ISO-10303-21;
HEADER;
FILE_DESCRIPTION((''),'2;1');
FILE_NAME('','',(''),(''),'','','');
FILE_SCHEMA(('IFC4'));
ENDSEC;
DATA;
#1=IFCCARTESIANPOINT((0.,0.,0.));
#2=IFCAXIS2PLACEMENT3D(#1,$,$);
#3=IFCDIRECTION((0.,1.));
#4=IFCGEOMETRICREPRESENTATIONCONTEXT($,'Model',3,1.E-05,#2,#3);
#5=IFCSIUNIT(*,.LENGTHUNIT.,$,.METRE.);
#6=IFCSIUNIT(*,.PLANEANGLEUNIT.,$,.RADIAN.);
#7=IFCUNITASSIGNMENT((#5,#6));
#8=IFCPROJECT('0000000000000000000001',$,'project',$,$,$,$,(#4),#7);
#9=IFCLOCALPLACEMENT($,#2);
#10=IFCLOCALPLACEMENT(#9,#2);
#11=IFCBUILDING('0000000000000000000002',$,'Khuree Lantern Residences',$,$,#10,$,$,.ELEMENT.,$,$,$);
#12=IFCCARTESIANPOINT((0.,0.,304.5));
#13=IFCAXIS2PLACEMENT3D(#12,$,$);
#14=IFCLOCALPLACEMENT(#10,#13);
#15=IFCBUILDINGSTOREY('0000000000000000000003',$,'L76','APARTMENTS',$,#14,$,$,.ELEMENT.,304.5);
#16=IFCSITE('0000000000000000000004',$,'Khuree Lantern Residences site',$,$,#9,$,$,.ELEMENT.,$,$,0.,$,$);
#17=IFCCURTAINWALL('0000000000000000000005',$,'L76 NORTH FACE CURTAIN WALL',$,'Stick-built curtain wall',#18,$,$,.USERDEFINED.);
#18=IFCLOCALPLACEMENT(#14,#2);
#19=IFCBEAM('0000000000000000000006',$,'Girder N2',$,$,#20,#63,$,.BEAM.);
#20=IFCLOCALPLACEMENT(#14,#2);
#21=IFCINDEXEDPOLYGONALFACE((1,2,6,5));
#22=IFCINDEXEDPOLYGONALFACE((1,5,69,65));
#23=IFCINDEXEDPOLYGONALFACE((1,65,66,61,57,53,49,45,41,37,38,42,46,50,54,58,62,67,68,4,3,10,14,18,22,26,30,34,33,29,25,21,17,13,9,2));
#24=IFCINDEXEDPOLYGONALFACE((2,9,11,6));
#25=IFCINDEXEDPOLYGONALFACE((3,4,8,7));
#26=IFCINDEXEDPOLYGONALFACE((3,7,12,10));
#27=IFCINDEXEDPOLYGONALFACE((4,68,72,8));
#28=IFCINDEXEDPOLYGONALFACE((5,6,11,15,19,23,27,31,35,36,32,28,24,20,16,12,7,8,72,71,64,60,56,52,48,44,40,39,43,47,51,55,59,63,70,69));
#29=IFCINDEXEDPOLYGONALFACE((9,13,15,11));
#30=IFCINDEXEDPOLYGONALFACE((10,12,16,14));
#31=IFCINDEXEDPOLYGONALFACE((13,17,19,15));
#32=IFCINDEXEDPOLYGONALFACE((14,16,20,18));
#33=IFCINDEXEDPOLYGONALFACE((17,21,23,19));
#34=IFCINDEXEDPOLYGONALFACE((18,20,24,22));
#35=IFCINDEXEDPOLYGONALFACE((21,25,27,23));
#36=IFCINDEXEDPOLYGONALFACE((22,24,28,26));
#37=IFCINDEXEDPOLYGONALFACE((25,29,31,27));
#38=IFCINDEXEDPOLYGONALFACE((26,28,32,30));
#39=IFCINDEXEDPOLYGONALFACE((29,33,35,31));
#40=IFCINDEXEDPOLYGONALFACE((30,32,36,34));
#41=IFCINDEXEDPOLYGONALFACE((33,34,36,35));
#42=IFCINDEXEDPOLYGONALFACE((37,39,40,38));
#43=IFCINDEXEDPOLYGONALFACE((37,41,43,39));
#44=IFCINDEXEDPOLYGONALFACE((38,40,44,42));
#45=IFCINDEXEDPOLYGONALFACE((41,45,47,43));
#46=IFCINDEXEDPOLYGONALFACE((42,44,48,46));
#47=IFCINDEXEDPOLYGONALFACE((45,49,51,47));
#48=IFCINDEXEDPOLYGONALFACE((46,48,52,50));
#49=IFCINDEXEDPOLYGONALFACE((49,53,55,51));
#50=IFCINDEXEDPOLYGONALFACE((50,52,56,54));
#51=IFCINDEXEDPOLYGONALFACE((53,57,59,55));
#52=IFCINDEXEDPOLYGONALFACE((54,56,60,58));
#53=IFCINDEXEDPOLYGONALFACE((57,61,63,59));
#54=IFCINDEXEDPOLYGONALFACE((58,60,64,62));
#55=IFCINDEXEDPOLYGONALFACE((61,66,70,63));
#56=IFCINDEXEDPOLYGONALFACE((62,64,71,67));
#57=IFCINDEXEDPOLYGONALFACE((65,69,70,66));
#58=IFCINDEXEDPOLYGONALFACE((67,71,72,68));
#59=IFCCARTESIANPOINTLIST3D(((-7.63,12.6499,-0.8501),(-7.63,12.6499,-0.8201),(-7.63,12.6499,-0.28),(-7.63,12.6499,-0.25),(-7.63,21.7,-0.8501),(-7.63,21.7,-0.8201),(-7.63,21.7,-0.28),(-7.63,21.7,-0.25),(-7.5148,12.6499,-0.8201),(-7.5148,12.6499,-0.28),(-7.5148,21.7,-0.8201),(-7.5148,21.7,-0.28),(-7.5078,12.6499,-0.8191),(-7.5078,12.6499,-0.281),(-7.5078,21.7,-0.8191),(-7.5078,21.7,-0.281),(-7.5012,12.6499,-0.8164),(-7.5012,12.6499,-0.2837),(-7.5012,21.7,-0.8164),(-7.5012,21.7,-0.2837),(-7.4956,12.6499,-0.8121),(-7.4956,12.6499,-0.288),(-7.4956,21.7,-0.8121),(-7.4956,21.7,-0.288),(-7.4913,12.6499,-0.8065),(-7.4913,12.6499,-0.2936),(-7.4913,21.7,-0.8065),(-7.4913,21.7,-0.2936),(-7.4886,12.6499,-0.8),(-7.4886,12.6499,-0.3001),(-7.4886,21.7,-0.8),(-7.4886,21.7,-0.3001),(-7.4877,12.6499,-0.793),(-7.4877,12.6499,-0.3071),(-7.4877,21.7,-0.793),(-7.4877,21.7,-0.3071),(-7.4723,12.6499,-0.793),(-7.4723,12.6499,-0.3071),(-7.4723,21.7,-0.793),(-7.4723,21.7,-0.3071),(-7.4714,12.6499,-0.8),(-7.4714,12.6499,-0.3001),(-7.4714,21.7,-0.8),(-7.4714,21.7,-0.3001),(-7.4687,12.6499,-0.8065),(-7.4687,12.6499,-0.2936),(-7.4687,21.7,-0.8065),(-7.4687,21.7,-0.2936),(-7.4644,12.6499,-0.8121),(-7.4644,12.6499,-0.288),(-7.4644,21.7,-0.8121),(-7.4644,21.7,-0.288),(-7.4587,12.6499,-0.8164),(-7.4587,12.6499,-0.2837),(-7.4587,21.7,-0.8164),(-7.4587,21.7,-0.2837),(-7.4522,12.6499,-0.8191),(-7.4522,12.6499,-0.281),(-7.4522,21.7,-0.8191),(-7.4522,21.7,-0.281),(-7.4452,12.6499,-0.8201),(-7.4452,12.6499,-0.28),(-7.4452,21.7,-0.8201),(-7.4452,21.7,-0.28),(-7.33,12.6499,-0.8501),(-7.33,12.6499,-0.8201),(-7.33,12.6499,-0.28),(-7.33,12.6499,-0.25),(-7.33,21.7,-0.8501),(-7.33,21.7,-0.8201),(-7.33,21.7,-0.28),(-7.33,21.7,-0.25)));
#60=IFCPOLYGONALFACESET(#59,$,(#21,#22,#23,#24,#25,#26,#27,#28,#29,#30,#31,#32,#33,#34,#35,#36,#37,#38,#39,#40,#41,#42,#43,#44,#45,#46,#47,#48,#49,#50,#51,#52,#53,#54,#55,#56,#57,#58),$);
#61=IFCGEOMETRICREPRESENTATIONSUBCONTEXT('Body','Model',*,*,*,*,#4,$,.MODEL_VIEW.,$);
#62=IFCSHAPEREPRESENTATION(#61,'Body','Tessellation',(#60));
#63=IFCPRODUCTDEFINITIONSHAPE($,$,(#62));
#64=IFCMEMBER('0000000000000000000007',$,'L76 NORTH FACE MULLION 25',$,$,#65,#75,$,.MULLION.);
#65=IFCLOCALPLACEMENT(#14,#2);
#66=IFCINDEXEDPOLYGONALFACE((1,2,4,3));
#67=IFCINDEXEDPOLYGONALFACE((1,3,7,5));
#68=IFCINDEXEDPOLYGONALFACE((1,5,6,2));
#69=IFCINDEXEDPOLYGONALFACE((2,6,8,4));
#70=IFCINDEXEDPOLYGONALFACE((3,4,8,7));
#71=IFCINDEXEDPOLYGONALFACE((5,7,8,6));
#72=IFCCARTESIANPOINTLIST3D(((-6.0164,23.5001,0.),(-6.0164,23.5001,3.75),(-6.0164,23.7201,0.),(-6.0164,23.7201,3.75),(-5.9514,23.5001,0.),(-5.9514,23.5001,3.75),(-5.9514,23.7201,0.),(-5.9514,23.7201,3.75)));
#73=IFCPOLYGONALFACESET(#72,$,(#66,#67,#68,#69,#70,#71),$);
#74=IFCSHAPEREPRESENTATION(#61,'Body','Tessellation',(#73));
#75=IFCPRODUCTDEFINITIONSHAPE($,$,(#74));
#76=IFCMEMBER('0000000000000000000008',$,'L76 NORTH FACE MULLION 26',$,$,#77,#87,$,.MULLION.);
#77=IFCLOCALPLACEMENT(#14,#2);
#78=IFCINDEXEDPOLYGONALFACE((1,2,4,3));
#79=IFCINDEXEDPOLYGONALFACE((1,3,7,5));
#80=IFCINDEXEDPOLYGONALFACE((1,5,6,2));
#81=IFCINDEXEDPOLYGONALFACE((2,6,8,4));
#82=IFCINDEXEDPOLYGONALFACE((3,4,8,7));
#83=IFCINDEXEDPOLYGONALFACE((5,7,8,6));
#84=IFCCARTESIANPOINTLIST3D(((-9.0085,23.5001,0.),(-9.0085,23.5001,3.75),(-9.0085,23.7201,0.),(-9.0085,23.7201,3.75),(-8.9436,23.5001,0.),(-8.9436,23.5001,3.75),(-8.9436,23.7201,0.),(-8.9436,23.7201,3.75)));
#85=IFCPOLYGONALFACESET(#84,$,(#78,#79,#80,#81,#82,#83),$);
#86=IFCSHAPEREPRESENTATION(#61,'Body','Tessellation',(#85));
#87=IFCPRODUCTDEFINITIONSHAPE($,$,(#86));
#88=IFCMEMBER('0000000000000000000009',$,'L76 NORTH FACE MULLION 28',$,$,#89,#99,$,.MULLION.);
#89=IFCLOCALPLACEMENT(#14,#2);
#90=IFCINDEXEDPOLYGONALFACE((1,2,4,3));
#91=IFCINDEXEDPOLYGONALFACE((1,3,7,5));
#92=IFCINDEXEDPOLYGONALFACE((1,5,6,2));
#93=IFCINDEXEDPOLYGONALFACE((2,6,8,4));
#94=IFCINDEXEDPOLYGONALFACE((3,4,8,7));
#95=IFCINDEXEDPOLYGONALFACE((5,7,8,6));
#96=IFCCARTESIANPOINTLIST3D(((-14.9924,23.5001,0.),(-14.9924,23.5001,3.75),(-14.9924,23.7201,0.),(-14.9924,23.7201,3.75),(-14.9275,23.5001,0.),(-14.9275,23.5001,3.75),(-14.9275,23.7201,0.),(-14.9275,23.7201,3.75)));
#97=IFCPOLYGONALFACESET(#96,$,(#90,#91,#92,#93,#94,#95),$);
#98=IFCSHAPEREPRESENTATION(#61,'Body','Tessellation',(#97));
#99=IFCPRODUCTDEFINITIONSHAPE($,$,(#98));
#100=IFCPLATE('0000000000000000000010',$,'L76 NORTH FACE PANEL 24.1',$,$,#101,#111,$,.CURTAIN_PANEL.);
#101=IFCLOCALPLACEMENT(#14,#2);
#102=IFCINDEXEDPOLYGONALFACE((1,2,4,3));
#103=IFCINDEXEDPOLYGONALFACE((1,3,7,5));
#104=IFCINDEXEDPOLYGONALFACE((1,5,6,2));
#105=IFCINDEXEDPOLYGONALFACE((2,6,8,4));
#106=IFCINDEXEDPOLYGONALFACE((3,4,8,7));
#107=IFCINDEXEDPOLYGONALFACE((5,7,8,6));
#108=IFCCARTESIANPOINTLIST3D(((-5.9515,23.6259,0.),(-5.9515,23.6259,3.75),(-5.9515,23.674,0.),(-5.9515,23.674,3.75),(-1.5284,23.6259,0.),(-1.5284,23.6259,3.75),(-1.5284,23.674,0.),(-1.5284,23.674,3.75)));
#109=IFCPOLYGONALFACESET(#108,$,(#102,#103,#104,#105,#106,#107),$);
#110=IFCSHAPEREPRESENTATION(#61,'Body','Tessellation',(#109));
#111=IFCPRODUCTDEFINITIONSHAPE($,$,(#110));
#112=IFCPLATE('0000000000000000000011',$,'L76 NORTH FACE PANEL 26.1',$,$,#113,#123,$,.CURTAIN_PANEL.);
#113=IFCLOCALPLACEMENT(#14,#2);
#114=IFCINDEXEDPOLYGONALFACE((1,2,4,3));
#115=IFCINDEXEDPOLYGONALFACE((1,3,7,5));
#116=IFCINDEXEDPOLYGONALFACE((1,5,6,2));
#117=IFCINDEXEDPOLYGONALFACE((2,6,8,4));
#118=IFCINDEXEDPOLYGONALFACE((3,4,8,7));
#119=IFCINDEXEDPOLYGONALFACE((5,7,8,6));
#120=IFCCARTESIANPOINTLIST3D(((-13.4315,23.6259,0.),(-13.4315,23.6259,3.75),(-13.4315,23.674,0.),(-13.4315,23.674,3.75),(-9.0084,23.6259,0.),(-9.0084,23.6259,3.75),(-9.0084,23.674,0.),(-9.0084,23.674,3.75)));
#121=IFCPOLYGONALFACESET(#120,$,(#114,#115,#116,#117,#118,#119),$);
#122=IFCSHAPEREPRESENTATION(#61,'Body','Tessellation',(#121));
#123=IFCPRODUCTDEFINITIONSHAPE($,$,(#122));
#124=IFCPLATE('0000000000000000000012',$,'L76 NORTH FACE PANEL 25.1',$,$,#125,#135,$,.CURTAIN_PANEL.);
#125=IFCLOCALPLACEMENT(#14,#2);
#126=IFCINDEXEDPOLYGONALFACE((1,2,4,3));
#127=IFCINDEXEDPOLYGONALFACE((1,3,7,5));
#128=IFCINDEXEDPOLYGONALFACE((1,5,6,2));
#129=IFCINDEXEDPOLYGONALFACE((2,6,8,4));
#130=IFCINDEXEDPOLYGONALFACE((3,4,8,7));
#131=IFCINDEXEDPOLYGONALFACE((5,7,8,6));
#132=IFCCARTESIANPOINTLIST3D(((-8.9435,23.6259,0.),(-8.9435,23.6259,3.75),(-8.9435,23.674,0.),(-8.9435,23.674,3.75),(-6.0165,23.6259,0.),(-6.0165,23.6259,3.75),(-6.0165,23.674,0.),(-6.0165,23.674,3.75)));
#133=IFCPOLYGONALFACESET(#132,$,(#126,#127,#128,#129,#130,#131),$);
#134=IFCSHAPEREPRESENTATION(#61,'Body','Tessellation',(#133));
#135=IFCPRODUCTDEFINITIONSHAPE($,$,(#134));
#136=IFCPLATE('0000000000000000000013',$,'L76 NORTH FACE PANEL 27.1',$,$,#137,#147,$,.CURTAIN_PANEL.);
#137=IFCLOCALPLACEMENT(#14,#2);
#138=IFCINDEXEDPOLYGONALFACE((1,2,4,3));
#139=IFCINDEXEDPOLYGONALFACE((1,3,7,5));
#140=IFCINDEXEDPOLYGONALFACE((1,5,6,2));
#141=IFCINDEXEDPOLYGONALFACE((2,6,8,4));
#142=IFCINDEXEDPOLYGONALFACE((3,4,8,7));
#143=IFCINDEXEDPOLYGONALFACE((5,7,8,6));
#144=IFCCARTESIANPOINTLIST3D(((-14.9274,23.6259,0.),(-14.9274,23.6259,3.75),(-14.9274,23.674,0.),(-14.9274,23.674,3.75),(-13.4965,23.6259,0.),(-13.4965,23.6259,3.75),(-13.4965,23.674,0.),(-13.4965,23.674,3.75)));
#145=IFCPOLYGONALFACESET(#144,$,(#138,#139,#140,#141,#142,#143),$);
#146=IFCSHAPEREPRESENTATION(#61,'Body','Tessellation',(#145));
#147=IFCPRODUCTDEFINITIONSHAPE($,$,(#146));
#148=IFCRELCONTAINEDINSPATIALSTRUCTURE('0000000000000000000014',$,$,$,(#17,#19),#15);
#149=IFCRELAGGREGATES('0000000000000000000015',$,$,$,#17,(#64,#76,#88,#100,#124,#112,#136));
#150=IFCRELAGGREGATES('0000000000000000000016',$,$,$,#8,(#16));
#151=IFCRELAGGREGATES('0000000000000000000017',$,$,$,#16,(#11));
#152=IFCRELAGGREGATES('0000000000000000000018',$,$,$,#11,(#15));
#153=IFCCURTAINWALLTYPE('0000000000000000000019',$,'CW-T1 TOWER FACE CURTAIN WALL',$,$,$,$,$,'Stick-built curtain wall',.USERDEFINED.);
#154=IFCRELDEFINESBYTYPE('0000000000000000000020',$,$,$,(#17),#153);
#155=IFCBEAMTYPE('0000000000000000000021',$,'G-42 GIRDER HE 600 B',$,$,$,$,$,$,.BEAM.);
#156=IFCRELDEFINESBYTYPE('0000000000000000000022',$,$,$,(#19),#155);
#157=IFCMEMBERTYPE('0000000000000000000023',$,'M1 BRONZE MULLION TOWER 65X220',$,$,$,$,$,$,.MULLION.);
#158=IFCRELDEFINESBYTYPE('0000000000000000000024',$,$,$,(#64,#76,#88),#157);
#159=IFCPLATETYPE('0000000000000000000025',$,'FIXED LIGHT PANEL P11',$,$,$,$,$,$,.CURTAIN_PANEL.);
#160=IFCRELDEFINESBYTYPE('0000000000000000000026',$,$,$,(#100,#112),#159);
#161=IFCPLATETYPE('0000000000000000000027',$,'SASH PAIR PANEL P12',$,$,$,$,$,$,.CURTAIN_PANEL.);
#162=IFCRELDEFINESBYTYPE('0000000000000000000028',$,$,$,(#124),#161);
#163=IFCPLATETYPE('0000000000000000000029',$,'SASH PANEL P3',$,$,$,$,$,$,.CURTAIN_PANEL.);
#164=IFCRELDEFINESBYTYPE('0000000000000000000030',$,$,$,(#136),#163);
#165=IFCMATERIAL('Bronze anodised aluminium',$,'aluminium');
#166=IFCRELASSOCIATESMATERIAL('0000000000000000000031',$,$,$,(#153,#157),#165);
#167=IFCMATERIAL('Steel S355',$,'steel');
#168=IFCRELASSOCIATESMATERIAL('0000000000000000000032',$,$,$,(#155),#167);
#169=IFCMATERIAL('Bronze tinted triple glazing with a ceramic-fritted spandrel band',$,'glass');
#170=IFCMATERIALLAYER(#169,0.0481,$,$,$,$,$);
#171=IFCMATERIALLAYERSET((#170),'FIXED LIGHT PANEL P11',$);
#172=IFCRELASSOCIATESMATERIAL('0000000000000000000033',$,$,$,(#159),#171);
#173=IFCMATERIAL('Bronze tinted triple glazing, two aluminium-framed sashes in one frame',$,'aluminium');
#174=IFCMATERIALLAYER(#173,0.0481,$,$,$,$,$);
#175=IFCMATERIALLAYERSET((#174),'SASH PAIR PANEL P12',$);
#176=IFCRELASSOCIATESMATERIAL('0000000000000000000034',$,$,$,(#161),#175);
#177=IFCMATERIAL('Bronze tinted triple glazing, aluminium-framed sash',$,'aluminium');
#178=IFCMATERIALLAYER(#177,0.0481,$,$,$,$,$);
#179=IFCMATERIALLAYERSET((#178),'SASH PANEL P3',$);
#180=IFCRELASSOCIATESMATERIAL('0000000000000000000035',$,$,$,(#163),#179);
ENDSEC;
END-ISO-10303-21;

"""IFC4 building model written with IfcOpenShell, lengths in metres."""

from ifc_helpers import new_model, si_unit, direction, frame, origin, origin_2d, place, context, subcontext, project, spatial, rectangle, i_section, extrude, material, layer, layer_set, material_profile, profile_set, type_object, element, aggregate, save


model = new_model("IFC4")

# Units and contexts
model_context = context("Model", 3, precision=1e-05, world=origin(), true_north=direction((0.0, 1.0)))
body_context = subcontext(model_context, "Body", "Model", "MODEL_VIEW")
ifc_project = project(units=[si_unit("LENGTHUNIT", "METRE"), si_unit("PLANEANGLEUNIT", "RADIAN")], contexts=[model_context])

# Site, building, storey
site_placement = place(None, origin())
site = spatial("IfcSite", under=ifc_project, at=site_placement, Name="Khuree Lantern Residences site", CompositionType="ELEMENT", RefElevation=0.0)
building_placement = place(site_placement, origin())
building = spatial("IfcBuilding", under=site, at=building_placement, Name="Khuree Lantern Residences", CompositionType="ELEMENT")
storey_placement = place(building_placement, frame((0.0, 0.0, 304.5)))
storey = spatial("IfcBuildingStorey", under=building, at=storey_placement, Name="L76", Description="APARTMENTS", CompositionType="ELEMENT", Elevation=304.5)

# Shared definitions
ifc_material_1 = material(Name="Steel S355", Category="steel")

# Curtain wall
ifc_material_2 = material(Name="Bronze anodised aluminium", Category="aluminium")
curtain_wall_type = type_object("IfcCurtainWallType", Name="CW-T1 TOWER FACE CURTAIN WALL", ElementType="Stick-built curtain wall", PredefinedType="USERDEFINED", material=ifc_material_2)
curtain_wall_placement = place(storey_placement, origin())
curtain_wall = element("IfcCurtainWall", 1, at=curtain_wall_placement, inside=storey, type_object=curtain_wall_type, Name="L76 NORTH FACE CURTAIN WALL", ObjectType="Stick-built curtain wall", PredefinedType="USERDEFINED")

# Beam
ifc_material_profile_1 = material_profile(ifc_material_1, i_section(OverallWidth=0.3, OverallDepth=0.6001, WebThickness=0.0154, FlangeThickness=0.03, FilletRadius=0.0271, at=origin_2d()), Name="HE 600 B")
ifc_profile_set_1 = profile_set([ifc_material_profile_1], Name="Steel S355")
beam_type_1 = type_object("IfcBeamType", Name="G-42 GIRDER HE 600 B", PredefinedType="BEAM", material=ifc_profile_set_1)
beam_1_placement = place(storey_placement, frame((-7.48, 21.7, -0.55), z_axis=(0.0, -1.0, 0.0), x_axis=(1.0, 0.0, 0.0)))
element("IfcBeam", 2, at=beam_1_placement, inside=storey, type_object=beam_type_1, Name="Girder N2", PredefinedType="BEAM", context=body_context, shape_type="SweptSolid", body=[
    extrude(i_section(OverallWidth=0.3, OverallDepth=0.6001, WebThickness=0.0154, FlangeThickness=0.03, FilletRadius=0.0271, at=origin_2d()), origin(), (0.0, 0.0, 1.0), 9.05),
])

# Members
ifc_material_profile_2 = material_profile(ifc_material_2, rectangle(XDim=0.0649, YDim=0.22, at=origin_2d()), Name="M1 65X220")
ifc_profile_set_2 = profile_set([ifc_material_profile_2], Name="Bronze anodised aluminium")
member_type_1 = type_object("IfcMemberType", Name="M1 BRONZE MULLION TOWER 65X220", PredefinedType="MULLION", material=ifc_profile_set_2)
member_1_placement = place(storey_placement, frame((-5.9839, 23.6101, 0.0), z_axis=(0.0, 0.0, 1.0), x_axis=(-1.0, 0.0, 0.0)))
member_1 = element("IfcMember", 3, at=member_1_placement, type_object=member_type_1, Name="L76 NORTH FACE MULLION 25", PredefinedType="MULLION", context=body_context, shape_type="SweptSolid", body=[
    extrude(rectangle(XDim=0.0649, YDim=0.22, at=origin_2d()), origin(), (0.0, 0.0, 1.0), 3.75),
])
member_2_placement = place(storey_placement, frame((-8.9761, 23.6101, 0.0), z_axis=(0.0, 0.0, 1.0), x_axis=(-1.0, 0.0, 0.0)))
member_2 = element("IfcMember", 4, at=member_2_placement, type_object=member_type_1, Name="L76 NORTH FACE MULLION 26", PredefinedType="MULLION", context=body_context, shape_type="SweptSolid", body=[
    extrude(rectangle(XDim=0.0649, YDim=0.22, at=origin_2d()), origin(), (0.0, 0.0, 1.0), 3.75),
])
member_3_placement = place(storey_placement, frame((-14.96, 23.6101, 0.0), z_axis=(0.0, 0.0, 1.0), x_axis=(-1.0, 0.0, 0.0)))
member_3 = element("IfcMember", 5, at=member_3_placement, type_object=member_type_1, Name="L76 NORTH FACE MULLION 28", PredefinedType="MULLION", context=body_context, shape_type="SweptSolid", body=[
    extrude(rectangle(XDim=0.0649, YDim=0.22, at=origin_2d()), origin(), (0.0, 0.0, 1.0), 3.75),
])

# Plates
ifc_material_3 = material(Name="Bronze tinted triple glazing with a ceramic-fritted spandrel band", Category="glass")
ifc_layer_1 = layer(ifc_material_3, 0.0481)
ifc_layer_set_1 = layer_set([ifc_layer_1], Name="FIXED LIGHT PANEL P11")
plate_type_1 = type_object("IfcPlateType", Name="FIXED LIGHT PANEL P11", PredefinedType="CURTAIN_PANEL", material=ifc_layer_set_1)
plate_1_placement = place(storey_placement, frame((-3.74, 23.6499, 0.0), z_axis=(0.0, 0.0, 1.0), x_axis=(-1.0, 0.0, 0.0)))
plate_1 = element("IfcPlate", 6, at=plate_1_placement, type_object=plate_type_1, Name="L76 NORTH FACE PANEL 24.1", PredefinedType="CURTAIN_PANEL", context=body_context, shape_type="SweptSolid", body=[
    extrude(rectangle(XDim=4.4231, YDim=0.0481, at=origin_2d()), origin(), (0.0, 0.0, 1.0), 3.75),
])
plate_2_placement = place(storey_placement, frame((-11.22, 23.6499, 0.0), z_axis=(0.0, 0.0, 1.0), x_axis=(-1.0, 0.0, 0.0)))
plate_2 = element("IfcPlate", 7, at=plate_2_placement, type_object=plate_type_1, Name="L76 NORTH FACE PANEL 26.1", PredefinedType="CURTAIN_PANEL", context=body_context, shape_type="SweptSolid", body=[
    extrude(rectangle(XDim=4.4231, YDim=0.0481, at=origin_2d()), origin(), (0.0, 0.0, 1.0), 3.75),
])
ifc_material_4 = material(Name="Bronze tinted triple glazing, two aluminium-framed sashes in one frame", Category="aluminium")
ifc_layer_2 = layer(ifc_material_4, 0.0481)
ifc_layer_set_2 = layer_set([ifc_layer_2], Name="SASH PAIR PANEL P12")
plate_type_2 = type_object("IfcPlateType", Name="SASH PAIR PANEL P12", PredefinedType="CURTAIN_PANEL", material=ifc_layer_set_2)
plate_3_placement = place(storey_placement, frame((-7.48, 23.6499, 0.0), z_axis=(0.0, 0.0, 1.0), x_axis=(-1.0, 0.0, 0.0)))
plate_3 = element("IfcPlate", 8, at=plate_3_placement, type_object=plate_type_2, Name="L76 NORTH FACE PANEL 25.1", PredefinedType="CURTAIN_PANEL", context=body_context, shape_type="SweptSolid", body=[
    extrude(rectangle(XDim=2.927, YDim=0.0481, at=origin_2d()), origin(), (0.0, 0.0, 1.0), 3.75),
])
ifc_material_5 = material(Name="Bronze tinted triple glazing, aluminium-framed sash", Category="aluminium")
ifc_layer_3 = layer(ifc_material_5, 0.0481)
ifc_layer_set_3 = layer_set([ifc_layer_3], Name="SASH PANEL P3")
plate_type_3 = type_object("IfcPlateType", Name="SASH PANEL P3", PredefinedType="CURTAIN_PANEL", material=ifc_layer_set_3)
plate_4_placement = place(storey_placement, frame((-14.2119, 23.6499, 0.0), z_axis=(0.0, 0.0, 1.0), x_axis=(-1.0, 0.0, 0.0)))
plate_4 = element("IfcPlate", 9, at=plate_4_placement, type_object=plate_type_3, Name="L76 NORTH FACE PANEL 27.1", PredefinedType="CURTAIN_PANEL", context=body_context, shape_type="SweptSolid", body=[
    extrude(rectangle(XDim=1.4309, YDim=0.0481, at=origin_2d()), origin(), (0.0, 0.0, 1.0), 3.75),
])
aggregate(curtain_wall, [member_1, member_2, member_3, plate_1, plate_3, plate_2, plate_4])

save(model, "model.ifc")
